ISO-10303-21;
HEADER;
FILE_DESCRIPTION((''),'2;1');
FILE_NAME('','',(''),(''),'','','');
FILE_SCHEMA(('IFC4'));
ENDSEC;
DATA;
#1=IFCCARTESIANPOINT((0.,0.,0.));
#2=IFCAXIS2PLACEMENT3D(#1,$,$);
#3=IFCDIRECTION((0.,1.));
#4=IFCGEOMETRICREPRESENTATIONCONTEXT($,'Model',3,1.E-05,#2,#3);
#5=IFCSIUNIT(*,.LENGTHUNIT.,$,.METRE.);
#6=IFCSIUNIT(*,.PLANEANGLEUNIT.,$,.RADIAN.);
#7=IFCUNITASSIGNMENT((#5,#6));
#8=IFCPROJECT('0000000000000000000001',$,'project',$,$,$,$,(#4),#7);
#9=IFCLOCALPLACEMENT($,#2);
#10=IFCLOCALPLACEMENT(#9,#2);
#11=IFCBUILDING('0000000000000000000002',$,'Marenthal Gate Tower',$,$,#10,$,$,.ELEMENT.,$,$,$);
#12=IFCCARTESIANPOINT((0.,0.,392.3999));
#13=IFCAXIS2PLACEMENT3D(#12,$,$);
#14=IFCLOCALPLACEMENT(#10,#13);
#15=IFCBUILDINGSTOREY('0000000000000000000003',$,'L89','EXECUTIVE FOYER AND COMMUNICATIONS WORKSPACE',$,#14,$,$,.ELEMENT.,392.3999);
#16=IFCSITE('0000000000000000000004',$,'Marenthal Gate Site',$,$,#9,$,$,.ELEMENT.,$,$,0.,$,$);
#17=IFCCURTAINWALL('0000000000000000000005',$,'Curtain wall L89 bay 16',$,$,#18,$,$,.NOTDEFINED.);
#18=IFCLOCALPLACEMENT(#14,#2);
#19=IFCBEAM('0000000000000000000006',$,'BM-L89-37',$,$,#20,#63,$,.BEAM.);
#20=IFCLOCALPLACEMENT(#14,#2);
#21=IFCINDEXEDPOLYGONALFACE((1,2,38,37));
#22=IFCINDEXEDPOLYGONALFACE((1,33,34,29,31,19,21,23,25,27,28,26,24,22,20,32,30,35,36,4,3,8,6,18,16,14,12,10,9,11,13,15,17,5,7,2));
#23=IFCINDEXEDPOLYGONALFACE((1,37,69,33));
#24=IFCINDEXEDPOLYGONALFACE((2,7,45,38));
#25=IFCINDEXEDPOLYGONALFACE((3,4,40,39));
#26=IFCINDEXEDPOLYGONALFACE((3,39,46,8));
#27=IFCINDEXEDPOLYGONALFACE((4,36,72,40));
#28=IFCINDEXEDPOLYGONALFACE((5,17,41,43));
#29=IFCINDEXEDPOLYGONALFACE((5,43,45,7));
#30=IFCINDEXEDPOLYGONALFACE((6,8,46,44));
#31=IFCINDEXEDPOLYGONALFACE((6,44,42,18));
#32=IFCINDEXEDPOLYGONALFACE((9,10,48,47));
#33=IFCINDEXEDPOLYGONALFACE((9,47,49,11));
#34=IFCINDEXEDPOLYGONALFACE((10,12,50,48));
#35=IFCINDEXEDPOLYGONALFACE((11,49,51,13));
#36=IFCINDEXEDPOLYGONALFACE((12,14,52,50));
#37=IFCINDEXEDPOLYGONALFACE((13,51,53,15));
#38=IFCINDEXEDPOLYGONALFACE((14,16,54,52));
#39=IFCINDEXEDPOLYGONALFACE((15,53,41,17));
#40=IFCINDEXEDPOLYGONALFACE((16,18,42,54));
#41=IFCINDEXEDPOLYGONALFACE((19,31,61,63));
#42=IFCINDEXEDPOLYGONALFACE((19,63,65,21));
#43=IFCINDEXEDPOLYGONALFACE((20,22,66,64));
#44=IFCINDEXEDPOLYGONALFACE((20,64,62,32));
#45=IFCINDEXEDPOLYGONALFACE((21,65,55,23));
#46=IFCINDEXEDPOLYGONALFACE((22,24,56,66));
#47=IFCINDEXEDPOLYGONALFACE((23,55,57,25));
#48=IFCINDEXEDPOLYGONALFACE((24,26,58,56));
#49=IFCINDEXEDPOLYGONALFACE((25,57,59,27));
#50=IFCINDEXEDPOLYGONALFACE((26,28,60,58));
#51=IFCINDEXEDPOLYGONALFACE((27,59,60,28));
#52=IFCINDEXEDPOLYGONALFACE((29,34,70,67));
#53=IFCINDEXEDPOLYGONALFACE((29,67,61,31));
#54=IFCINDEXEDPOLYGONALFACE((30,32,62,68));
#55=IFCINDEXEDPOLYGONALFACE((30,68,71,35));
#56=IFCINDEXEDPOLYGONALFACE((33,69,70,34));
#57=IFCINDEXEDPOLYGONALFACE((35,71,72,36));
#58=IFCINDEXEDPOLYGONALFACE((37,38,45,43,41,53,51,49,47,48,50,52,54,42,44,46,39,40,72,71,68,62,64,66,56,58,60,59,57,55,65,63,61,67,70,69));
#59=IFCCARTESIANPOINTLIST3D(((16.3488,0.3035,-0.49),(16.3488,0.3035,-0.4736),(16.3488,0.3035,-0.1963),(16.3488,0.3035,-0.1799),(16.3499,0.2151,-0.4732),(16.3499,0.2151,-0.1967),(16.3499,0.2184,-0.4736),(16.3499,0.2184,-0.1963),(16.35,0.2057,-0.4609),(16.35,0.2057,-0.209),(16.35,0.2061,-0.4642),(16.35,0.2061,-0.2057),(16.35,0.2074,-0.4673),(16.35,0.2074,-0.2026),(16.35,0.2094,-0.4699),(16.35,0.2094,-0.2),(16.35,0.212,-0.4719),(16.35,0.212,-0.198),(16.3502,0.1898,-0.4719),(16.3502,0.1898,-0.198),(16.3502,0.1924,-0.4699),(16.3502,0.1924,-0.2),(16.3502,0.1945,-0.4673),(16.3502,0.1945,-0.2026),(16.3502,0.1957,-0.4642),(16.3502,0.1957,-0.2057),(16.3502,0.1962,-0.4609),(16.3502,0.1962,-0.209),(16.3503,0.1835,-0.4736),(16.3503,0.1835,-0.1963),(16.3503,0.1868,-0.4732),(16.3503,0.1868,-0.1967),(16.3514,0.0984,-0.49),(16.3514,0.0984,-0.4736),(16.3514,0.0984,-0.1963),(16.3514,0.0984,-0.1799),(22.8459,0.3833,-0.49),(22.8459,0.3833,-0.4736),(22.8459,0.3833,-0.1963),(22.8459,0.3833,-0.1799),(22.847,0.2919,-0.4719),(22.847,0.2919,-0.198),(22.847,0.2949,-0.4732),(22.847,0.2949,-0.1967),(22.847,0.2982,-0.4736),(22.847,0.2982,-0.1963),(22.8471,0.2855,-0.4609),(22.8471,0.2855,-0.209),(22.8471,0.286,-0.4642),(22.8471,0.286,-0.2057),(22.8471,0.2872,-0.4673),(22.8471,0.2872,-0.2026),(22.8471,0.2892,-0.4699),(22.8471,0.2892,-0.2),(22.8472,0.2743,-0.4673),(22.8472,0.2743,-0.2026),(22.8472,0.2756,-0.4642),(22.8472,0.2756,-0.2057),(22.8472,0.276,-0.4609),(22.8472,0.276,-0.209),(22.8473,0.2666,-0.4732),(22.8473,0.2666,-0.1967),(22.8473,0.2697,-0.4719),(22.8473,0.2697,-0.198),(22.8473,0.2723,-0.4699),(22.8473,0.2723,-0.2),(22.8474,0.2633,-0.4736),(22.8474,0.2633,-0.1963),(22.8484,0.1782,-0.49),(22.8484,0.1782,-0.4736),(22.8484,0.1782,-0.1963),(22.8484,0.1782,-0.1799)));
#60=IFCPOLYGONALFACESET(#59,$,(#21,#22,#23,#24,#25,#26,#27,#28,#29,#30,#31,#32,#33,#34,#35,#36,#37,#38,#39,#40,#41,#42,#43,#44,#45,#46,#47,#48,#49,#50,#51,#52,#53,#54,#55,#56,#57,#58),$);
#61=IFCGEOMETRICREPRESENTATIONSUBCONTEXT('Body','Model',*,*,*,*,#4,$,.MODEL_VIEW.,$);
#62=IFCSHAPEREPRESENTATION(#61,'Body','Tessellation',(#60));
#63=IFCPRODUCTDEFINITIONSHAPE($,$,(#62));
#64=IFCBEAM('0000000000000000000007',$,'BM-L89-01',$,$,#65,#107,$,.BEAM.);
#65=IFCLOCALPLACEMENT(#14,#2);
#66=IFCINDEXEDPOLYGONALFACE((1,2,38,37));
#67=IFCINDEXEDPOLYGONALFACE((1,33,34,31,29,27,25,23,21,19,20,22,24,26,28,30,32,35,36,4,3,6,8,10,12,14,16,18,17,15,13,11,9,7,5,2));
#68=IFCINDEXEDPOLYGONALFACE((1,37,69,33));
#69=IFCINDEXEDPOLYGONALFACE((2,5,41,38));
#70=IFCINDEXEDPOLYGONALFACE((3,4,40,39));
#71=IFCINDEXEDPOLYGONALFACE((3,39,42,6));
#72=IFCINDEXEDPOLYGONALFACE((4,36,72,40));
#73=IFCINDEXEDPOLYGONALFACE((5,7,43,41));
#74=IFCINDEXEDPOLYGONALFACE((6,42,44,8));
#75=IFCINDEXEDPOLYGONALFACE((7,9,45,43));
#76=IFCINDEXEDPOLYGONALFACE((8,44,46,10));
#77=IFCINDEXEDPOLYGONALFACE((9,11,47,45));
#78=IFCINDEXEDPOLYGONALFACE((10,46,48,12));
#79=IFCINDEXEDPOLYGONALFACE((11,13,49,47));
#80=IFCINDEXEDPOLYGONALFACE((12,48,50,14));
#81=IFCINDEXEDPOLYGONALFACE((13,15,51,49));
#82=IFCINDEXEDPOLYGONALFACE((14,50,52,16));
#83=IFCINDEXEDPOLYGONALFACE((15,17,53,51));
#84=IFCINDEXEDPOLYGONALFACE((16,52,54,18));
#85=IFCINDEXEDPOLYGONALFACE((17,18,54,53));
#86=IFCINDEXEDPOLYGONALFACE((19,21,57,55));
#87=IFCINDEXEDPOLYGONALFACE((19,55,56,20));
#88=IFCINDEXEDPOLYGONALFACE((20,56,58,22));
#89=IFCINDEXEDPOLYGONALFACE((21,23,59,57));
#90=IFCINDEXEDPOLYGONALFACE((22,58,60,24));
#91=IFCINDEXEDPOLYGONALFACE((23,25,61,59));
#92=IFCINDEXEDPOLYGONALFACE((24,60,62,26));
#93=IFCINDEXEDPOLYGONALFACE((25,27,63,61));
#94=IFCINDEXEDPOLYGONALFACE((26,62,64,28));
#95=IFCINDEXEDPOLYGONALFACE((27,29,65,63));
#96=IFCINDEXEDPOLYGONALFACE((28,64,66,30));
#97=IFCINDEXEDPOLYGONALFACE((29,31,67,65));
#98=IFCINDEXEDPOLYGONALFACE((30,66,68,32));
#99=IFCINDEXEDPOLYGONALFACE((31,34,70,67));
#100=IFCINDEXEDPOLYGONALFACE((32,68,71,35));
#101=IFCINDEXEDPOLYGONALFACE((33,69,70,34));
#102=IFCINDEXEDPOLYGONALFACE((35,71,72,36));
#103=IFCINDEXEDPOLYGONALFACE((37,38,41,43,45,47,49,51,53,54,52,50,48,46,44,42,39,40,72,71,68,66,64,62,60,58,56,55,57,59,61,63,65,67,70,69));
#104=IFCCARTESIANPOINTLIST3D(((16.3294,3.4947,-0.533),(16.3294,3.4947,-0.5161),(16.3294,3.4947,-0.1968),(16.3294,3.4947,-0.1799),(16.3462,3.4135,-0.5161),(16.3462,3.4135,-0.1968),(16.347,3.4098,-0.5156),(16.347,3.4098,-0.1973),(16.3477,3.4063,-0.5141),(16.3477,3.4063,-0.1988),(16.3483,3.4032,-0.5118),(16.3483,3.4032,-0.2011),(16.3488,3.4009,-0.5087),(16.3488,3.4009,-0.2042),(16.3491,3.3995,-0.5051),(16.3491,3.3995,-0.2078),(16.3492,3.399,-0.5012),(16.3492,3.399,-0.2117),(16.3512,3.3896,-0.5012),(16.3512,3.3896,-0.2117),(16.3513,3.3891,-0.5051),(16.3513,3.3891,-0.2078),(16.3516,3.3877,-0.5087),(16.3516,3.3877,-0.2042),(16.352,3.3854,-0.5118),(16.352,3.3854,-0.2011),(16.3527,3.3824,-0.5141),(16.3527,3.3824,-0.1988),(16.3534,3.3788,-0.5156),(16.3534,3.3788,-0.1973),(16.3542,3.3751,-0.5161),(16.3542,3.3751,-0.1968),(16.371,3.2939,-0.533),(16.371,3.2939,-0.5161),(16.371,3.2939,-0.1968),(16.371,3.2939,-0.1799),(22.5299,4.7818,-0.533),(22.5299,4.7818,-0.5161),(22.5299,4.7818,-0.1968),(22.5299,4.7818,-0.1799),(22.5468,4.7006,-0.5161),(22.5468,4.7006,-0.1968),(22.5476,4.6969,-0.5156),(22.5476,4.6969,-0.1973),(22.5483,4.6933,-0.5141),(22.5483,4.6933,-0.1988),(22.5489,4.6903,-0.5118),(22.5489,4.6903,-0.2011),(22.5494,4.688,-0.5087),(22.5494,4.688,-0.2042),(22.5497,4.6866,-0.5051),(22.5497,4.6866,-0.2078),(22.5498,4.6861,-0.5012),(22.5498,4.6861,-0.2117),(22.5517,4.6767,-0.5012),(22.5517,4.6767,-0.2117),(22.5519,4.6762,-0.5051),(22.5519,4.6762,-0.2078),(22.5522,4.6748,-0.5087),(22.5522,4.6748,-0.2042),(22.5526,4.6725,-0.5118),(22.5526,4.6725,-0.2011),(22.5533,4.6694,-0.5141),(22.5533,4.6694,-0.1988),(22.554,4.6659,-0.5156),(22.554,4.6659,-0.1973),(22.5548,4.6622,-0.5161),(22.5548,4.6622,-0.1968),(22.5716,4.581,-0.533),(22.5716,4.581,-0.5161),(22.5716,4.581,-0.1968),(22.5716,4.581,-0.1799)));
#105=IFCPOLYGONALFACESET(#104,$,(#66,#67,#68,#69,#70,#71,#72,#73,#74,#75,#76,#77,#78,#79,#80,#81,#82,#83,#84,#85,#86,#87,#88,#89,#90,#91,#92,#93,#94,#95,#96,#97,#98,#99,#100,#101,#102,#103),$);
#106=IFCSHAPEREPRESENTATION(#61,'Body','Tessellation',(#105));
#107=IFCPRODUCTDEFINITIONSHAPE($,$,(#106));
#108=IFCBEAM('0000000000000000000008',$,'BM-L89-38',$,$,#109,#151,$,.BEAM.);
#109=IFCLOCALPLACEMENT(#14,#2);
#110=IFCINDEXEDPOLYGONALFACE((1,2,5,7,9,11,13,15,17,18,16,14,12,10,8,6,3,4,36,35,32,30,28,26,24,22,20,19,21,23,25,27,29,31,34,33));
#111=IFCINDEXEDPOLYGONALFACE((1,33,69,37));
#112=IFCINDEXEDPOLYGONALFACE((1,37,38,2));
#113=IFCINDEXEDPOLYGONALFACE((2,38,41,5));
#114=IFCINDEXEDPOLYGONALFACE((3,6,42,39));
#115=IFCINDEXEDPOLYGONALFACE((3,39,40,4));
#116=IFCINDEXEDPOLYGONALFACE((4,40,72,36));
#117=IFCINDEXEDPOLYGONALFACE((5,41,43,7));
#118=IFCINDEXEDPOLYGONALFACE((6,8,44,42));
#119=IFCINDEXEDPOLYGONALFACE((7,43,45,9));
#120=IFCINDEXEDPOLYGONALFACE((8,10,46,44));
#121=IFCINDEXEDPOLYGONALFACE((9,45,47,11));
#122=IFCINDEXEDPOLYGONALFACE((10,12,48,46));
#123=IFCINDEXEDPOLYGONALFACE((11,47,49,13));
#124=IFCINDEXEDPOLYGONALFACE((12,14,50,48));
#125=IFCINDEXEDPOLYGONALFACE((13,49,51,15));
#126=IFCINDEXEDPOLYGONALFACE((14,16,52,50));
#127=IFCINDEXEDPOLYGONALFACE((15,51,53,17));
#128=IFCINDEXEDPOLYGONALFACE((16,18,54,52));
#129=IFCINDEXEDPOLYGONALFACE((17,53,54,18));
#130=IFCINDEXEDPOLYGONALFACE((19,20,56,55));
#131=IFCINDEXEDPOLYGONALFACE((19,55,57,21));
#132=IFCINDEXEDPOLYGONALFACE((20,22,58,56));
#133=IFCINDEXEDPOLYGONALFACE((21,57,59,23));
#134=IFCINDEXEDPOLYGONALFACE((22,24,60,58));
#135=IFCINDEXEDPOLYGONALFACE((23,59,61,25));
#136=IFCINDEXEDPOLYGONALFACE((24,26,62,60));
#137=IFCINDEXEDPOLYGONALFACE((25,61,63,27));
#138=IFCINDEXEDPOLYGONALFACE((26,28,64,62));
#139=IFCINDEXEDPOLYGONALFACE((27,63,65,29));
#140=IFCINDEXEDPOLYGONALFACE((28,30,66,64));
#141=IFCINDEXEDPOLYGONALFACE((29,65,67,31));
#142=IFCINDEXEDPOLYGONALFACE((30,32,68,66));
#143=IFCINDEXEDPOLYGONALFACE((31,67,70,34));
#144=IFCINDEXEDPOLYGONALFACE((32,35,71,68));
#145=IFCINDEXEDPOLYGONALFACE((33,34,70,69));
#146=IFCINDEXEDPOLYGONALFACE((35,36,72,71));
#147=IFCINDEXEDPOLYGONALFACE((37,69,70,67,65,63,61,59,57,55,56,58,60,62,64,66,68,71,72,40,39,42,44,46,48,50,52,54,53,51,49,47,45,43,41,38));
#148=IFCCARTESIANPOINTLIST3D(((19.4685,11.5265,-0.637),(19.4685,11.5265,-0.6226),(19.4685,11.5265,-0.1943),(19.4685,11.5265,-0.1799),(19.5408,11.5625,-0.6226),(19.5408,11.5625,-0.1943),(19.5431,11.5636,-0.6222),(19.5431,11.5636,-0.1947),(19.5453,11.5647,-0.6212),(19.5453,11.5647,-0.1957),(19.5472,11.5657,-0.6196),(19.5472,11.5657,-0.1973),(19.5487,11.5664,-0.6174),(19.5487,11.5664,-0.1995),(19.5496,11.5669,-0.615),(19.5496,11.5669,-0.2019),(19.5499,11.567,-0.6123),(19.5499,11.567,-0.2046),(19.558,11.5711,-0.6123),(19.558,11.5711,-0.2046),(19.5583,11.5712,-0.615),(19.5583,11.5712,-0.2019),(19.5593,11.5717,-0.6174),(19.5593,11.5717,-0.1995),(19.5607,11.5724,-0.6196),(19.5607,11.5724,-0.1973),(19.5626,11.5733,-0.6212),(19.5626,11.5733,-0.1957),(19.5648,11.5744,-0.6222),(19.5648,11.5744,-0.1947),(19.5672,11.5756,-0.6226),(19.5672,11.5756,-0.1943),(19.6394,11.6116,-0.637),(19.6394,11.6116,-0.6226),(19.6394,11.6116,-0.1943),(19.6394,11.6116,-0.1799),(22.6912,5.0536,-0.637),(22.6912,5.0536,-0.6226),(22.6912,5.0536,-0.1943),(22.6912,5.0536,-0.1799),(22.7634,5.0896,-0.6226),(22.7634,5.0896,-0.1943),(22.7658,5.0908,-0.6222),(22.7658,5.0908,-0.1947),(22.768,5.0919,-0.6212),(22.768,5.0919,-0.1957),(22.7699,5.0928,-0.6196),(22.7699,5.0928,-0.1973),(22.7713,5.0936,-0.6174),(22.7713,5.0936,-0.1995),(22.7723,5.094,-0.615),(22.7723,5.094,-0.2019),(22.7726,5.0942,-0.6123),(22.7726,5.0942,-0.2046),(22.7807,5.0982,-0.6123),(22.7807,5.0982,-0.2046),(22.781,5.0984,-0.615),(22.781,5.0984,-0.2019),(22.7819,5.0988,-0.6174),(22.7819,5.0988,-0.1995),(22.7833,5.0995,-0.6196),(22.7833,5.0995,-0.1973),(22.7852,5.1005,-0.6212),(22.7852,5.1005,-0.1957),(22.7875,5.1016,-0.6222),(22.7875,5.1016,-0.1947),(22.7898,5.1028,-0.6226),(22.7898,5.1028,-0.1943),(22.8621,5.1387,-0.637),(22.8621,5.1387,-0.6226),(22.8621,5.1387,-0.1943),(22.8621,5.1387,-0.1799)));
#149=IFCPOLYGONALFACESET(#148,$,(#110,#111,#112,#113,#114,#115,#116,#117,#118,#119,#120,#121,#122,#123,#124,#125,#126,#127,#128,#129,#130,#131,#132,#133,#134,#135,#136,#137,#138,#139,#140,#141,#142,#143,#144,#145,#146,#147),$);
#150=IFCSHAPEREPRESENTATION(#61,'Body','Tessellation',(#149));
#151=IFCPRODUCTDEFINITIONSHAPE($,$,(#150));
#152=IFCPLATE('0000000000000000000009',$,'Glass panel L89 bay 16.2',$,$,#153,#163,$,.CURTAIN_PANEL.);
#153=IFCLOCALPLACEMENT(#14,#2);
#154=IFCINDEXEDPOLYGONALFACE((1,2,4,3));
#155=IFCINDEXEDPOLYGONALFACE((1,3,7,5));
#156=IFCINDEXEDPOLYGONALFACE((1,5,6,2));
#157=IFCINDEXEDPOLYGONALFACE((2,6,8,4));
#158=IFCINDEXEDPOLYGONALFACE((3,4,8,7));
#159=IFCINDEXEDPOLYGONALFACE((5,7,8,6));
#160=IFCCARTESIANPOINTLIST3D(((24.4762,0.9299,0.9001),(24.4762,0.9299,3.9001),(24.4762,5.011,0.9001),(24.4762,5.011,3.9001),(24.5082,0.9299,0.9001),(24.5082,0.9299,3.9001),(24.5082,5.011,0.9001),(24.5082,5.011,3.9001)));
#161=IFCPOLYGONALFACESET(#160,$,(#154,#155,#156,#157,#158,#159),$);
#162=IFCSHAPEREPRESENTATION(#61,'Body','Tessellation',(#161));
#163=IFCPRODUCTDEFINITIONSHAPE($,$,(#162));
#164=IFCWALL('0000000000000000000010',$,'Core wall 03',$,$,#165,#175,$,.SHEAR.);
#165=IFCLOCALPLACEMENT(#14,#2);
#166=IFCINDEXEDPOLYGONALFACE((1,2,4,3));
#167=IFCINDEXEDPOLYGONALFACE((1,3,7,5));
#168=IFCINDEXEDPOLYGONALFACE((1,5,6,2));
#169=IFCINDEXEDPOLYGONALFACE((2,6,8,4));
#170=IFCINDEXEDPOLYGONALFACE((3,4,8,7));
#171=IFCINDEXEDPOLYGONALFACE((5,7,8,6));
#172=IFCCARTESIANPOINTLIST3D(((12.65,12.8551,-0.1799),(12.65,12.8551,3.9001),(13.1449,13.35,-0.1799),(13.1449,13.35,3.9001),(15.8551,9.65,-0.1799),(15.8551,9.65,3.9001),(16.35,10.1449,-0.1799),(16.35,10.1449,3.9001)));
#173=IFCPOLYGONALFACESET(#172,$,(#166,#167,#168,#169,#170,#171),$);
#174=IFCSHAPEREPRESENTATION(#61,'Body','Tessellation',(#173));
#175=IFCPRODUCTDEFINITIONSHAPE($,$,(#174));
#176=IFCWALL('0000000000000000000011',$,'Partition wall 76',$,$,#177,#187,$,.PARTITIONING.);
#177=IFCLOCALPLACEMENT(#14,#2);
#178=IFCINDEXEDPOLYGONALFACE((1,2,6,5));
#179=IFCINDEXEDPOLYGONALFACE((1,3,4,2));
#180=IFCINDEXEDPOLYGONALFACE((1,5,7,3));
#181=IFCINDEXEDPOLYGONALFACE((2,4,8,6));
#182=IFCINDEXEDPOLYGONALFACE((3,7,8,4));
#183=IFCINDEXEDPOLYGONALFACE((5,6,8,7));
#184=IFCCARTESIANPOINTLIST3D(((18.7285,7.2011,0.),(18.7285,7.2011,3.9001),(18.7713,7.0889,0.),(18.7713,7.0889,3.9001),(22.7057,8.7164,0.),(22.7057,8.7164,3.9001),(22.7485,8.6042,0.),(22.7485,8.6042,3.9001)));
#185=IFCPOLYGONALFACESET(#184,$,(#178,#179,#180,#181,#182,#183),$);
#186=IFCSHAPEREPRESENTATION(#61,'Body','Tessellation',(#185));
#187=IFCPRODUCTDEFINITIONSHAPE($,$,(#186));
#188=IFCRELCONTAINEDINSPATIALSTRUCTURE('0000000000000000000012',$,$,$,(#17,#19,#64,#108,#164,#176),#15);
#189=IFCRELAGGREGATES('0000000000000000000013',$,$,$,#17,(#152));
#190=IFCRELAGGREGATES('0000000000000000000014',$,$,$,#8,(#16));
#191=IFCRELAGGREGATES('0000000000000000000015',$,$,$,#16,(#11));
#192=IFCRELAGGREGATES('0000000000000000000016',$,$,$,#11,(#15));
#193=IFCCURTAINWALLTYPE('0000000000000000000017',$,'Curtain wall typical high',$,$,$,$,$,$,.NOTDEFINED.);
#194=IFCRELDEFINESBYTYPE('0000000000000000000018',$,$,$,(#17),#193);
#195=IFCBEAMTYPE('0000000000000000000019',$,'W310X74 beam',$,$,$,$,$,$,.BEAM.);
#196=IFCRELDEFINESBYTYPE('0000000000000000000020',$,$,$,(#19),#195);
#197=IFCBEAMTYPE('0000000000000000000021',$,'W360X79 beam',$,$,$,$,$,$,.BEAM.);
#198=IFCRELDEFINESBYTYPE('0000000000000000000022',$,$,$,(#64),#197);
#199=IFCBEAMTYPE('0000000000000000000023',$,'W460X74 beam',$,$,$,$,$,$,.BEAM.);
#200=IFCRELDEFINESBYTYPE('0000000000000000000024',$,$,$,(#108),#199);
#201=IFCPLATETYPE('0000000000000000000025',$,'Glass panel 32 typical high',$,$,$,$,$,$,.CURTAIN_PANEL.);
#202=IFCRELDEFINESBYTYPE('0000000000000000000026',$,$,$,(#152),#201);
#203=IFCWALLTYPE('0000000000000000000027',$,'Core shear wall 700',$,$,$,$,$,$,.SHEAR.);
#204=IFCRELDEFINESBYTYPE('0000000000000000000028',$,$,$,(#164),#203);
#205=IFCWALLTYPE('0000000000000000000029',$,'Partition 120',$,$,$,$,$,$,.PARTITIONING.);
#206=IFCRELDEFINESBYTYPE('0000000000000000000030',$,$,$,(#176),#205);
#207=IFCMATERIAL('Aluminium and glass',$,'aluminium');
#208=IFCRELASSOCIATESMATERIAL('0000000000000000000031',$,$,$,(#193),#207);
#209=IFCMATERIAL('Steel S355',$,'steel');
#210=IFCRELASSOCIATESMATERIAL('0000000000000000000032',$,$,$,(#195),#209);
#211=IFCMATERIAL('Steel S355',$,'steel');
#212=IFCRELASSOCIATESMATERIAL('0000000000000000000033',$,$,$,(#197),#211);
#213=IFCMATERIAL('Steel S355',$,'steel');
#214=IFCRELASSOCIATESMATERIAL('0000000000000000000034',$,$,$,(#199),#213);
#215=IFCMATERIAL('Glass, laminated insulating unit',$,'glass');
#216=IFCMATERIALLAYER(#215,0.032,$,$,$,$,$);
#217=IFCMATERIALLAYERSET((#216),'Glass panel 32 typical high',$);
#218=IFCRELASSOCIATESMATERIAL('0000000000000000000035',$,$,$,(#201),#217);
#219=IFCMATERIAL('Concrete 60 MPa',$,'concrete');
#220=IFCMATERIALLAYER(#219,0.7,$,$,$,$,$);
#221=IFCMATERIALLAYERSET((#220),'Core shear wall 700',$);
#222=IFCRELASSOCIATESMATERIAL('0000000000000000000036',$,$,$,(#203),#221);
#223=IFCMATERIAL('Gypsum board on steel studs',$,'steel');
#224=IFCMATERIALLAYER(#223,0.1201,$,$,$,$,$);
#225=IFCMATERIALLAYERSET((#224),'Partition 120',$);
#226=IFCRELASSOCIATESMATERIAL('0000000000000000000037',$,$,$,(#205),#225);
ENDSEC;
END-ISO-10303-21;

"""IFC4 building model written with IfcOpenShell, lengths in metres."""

from ifc_helpers import new_model, si_unit, direction, frame, frame_2d, origin, origin_2d, place, context, subcontext, project, spatial, rectangle, i_section, extrude, material, layer, layer_set, material_profile, profile_set, type_object, element, aggregate, save


model = new_model("IFC4")

# Units and contexts
model_context = context("Model", 3, precision=1e-05, world=origin(), true_north=direction((0.0, 1.0)))
body_context = subcontext(model_context, "Body", "Model", "MODEL_VIEW")
ifc_project = project(units=[si_unit("LENGTHUNIT", "METRE"), si_unit("PLANEANGLEUNIT", "RADIAN")], contexts=[model_context])

# Site, building, storey
site_placement = place(None, origin())
site = spatial("IfcSite", under=ifc_project, at=site_placement, Name="Marenthal Gate Site", CompositionType="ELEMENT", RefElevation=0.0)
building_placement = place(site_placement, origin())
building = spatial("IfcBuilding", under=site, at=building_placement, Name="Marenthal Gate Tower", CompositionType="ELEMENT")
storey_placement = place(building_placement, frame((0.0, 0.0, 392.3999)))
storey = spatial("IfcBuildingStorey", under=building, at=storey_placement, Name="L89", Description="EXECUTIVE FOYER AND COMMUNICATIONS WORKSPACE", CompositionType="ELEMENT", Elevation=392.3999)

# Curtain wall
ifc_material_1 = material(Name="Aluminium and glass", Category="aluminium")
curtain_wall_type = type_object("IfcCurtainWallType", Name="Curtain wall typical high", PredefinedType="NOTDEFINED", material=ifc_material_1)
curtain_wall_placement = place(storey_placement, origin())
curtain_wall = element("IfcCurtainWall", 1, at=curtain_wall_placement, inside=storey, type_object=curtain_wall_type, Name="Curtain wall L89 bay 16", PredefinedType="NOTDEFINED")

# Beams
ifc_material_2 = material(Name="Steel S355", Category="steel")
ifc_material_profile_1 = material_profile(ifc_material_2, i_section(OverallWidth=0.2051, OverallDepth=0.3101, WebThickness=0.0095, FlangeThickness=0.0164, FilletRadius=0.0127, at=origin_2d()), Name="W310X74")
ifc_profile_set_1 = profile_set([ifc_material_profile_1], Name="Steel S355")
beam_type_1 = type_object("IfcBeamType", Name="W310X74 beam", PredefinedType="BEAM", material=ifc_profile_set_1)
beam_1_placement = place(storey_placement, frame((22.8472, 0.2808, -0.335), z_axis=(-0.999925, -0.012287, 0.0), x_axis=(0.012287, -0.999925, 0.0)))
element("IfcBeam", 2, at=beam_1_placement, inside=storey, type_object=beam_type_1, Name="BM-L89-37", PredefinedType="BEAM", context=body_context, shape_type="SweptSolid", body=[
    extrude(i_section(OverallWidth=0.2051, OverallDepth=0.3101, WebThickness=0.0095, FlangeThickness=0.0164, FilletRadius=0.0127, at=origin_2d()), origin(), (0.0, 0.0, 1.0), 6.4976),
])
ifc_material_3 = material(Name="Steel S355", Category="steel")
ifc_material_profile_2 = material_profile(ifc_material_3, i_section(OverallWidth=0.2051, OverallDepth=0.353, WebThickness=0.0095, FlangeThickness=0.0168, FilletRadius=0.0149, at=origin_2d()), Name="W360X79")
ifc_profile_set_2 = profile_set([ifc_material_profile_2], Name="Steel S355")
beam_type_2 = type_object("IfcBeamType", Name="W360X79 beam", PredefinedType="BEAM", material=ifc_profile_set_2)
beam_2_placement = place(storey_placement, frame((22.5508, 4.6814, -0.3564), z_axis=(-0.979128, -0.203243, 0.0), x_axis=(0.203243, -0.979128, 0.0)))
element("IfcBeam", 3, at=beam_2_placement, inside=storey, type_object=beam_type_2, Name="BM-L89-01", PredefinedType="BEAM", context=body_context, shape_type="SweptSolid", body=[
    extrude(i_section(OverallWidth=0.2051, OverallDepth=0.353, WebThickness=0.0095, FlangeThickness=0.0168, FilletRadius=0.0149, at=origin_2d()), origin(), (0.0, 0.0, 1.0), 6.3328),
])
ifc_material_4 = material(Name="Steel S355", Category="steel")
ifc_material_profile_3 = material_profile(ifc_material_4, i_section(OverallWidth=0.1909, OverallDepth=0.457, WebThickness=0.009, FlangeThickness=0.0144, FilletRadius=0.0103, at=origin_2d()), Name="W460X74")
ifc_profile_set_3 = profile_set([ifc_material_profile_3], Name="Steel S355")
beam_type_3 = type_object("IfcBeamType", Name="W460X74 beam", PredefinedType="BEAM", material=ifc_profile_set_3)
beam_3_placement = place(storey_placement, frame((22.7766, 5.0962, -0.4084), z_axis=(-0.445687, 0.895189, 0.0), x_axis=(-0.895189, -0.445687, 0.0)))
element("IfcBeam", 4, at=beam_3_placement, inside=storey, type_object=beam_type_3, Name="BM-L89-38", PredefinedType="BEAM", context=body_context, shape_type="SweptSolid", body=[
    extrude(i_section(OverallWidth=0.1909, OverallDepth=0.457, WebThickness=0.009, FlangeThickness=0.0144, FilletRadius=0.0103, at=origin_2d()), origin(), (0.0, 0.0, 1.0), 7.2307),
])

# Plate
ifc_material_5 = material(Name="Glass, laminated insulating unit", Category="glass")
ifc_layer_1 = layer(ifc_material_5, 0.032)
ifc_layer_set_1 = layer_set([ifc_layer_1], Name="Glass panel 32 typical high")
plate_type = type_object("IfcPlateType", Name="Glass panel 32 typical high", PredefinedType="CURTAIN_PANEL", material=ifc_layer_set_1)
plate_placement = place(storey_placement, frame((24.4922, 2.9705, 0.9001), z_axis=(0.0, 0.0, 1.0), x_axis=(0.0, 1.0, 0.0)))
plate = element("IfcPlate", 5, at=plate_placement, type_object=plate_type, Name="Glass panel L89 bay 16.2", PredefinedType="CURTAIN_PANEL", context=body_context, shape_type="SweptSolid", body=[
    extrude(rectangle(XDim=4.0811, YDim=0.032, at=origin_2d()), origin(), (0.0, 0.0, 1.0), 3.0),
])
aggregate(curtain_wall, [plate])

# Walls
ifc_material_6 = material(Name="Concrete 60 MPa", Category="concrete")
ifc_layer_2 = layer(ifc_material_6, 0.7)
ifc_layer_set_2 = layer_set([ifc_layer_2], Name="Core shear wall 700")
wall_type_1 = type_object("IfcWallType", Name="Core shear wall 700", PredefinedType="SHEAR", material=ifc_layer_set_2)
wall_1_placement = place(storey_placement, frame((16.1025, 9.8975, -0.1799), z_axis=(0.0, 0.0, 1.0), x_axis=(-0.707107, 0.707107, 0.0)))
element("IfcWall", 6, at=wall_1_placement, inside=storey, type_object=wall_type_1, Name="Core wall 03", PredefinedType="SHEAR", context=body_context, shape_type="SweptSolid", body=[
    extrude(rectangle(XDim=4.5327, YDim=0.7, at=frame_2d((2.2664, 0.0))), origin(), (0.0, 0.0, 1.0), 4.0801),
])
ifc_material_7 = material(Name="Gypsum board on steel studs", Category="steel")
ifc_layer_3 = layer(ifc_material_7, 0.1201)
ifc_layer_set_3 = layer_set([ifc_layer_3], Name="Partition 120")
wall_type_2 = type_object("IfcWallType", Name="Partition 120", PredefinedType="PARTITIONING", material=ifc_layer_set_3)
wall_2_placement = place(storey_placement, frame((18.75, 7.145, 0.0), z_axis=(0.0, 0.0, 1.0), x_axis=(0.93447, 0.356041, 0.0)))
element("IfcWall", 7, at=wall_2_placement, inside=storey, type_object=wall_type_2, Name="Partition wall 76", PredefinedType="PARTITIONING", context=body_context, shape_type="SweptSolid", body=[
    extrude(rectangle(XDim=4.2561, YDim=0.1201, at=frame_2d((2.1279, 0.0))), origin(), (0.0, 0.0, 1.0), 3.9001),
])

save(model, "model.ifc")
